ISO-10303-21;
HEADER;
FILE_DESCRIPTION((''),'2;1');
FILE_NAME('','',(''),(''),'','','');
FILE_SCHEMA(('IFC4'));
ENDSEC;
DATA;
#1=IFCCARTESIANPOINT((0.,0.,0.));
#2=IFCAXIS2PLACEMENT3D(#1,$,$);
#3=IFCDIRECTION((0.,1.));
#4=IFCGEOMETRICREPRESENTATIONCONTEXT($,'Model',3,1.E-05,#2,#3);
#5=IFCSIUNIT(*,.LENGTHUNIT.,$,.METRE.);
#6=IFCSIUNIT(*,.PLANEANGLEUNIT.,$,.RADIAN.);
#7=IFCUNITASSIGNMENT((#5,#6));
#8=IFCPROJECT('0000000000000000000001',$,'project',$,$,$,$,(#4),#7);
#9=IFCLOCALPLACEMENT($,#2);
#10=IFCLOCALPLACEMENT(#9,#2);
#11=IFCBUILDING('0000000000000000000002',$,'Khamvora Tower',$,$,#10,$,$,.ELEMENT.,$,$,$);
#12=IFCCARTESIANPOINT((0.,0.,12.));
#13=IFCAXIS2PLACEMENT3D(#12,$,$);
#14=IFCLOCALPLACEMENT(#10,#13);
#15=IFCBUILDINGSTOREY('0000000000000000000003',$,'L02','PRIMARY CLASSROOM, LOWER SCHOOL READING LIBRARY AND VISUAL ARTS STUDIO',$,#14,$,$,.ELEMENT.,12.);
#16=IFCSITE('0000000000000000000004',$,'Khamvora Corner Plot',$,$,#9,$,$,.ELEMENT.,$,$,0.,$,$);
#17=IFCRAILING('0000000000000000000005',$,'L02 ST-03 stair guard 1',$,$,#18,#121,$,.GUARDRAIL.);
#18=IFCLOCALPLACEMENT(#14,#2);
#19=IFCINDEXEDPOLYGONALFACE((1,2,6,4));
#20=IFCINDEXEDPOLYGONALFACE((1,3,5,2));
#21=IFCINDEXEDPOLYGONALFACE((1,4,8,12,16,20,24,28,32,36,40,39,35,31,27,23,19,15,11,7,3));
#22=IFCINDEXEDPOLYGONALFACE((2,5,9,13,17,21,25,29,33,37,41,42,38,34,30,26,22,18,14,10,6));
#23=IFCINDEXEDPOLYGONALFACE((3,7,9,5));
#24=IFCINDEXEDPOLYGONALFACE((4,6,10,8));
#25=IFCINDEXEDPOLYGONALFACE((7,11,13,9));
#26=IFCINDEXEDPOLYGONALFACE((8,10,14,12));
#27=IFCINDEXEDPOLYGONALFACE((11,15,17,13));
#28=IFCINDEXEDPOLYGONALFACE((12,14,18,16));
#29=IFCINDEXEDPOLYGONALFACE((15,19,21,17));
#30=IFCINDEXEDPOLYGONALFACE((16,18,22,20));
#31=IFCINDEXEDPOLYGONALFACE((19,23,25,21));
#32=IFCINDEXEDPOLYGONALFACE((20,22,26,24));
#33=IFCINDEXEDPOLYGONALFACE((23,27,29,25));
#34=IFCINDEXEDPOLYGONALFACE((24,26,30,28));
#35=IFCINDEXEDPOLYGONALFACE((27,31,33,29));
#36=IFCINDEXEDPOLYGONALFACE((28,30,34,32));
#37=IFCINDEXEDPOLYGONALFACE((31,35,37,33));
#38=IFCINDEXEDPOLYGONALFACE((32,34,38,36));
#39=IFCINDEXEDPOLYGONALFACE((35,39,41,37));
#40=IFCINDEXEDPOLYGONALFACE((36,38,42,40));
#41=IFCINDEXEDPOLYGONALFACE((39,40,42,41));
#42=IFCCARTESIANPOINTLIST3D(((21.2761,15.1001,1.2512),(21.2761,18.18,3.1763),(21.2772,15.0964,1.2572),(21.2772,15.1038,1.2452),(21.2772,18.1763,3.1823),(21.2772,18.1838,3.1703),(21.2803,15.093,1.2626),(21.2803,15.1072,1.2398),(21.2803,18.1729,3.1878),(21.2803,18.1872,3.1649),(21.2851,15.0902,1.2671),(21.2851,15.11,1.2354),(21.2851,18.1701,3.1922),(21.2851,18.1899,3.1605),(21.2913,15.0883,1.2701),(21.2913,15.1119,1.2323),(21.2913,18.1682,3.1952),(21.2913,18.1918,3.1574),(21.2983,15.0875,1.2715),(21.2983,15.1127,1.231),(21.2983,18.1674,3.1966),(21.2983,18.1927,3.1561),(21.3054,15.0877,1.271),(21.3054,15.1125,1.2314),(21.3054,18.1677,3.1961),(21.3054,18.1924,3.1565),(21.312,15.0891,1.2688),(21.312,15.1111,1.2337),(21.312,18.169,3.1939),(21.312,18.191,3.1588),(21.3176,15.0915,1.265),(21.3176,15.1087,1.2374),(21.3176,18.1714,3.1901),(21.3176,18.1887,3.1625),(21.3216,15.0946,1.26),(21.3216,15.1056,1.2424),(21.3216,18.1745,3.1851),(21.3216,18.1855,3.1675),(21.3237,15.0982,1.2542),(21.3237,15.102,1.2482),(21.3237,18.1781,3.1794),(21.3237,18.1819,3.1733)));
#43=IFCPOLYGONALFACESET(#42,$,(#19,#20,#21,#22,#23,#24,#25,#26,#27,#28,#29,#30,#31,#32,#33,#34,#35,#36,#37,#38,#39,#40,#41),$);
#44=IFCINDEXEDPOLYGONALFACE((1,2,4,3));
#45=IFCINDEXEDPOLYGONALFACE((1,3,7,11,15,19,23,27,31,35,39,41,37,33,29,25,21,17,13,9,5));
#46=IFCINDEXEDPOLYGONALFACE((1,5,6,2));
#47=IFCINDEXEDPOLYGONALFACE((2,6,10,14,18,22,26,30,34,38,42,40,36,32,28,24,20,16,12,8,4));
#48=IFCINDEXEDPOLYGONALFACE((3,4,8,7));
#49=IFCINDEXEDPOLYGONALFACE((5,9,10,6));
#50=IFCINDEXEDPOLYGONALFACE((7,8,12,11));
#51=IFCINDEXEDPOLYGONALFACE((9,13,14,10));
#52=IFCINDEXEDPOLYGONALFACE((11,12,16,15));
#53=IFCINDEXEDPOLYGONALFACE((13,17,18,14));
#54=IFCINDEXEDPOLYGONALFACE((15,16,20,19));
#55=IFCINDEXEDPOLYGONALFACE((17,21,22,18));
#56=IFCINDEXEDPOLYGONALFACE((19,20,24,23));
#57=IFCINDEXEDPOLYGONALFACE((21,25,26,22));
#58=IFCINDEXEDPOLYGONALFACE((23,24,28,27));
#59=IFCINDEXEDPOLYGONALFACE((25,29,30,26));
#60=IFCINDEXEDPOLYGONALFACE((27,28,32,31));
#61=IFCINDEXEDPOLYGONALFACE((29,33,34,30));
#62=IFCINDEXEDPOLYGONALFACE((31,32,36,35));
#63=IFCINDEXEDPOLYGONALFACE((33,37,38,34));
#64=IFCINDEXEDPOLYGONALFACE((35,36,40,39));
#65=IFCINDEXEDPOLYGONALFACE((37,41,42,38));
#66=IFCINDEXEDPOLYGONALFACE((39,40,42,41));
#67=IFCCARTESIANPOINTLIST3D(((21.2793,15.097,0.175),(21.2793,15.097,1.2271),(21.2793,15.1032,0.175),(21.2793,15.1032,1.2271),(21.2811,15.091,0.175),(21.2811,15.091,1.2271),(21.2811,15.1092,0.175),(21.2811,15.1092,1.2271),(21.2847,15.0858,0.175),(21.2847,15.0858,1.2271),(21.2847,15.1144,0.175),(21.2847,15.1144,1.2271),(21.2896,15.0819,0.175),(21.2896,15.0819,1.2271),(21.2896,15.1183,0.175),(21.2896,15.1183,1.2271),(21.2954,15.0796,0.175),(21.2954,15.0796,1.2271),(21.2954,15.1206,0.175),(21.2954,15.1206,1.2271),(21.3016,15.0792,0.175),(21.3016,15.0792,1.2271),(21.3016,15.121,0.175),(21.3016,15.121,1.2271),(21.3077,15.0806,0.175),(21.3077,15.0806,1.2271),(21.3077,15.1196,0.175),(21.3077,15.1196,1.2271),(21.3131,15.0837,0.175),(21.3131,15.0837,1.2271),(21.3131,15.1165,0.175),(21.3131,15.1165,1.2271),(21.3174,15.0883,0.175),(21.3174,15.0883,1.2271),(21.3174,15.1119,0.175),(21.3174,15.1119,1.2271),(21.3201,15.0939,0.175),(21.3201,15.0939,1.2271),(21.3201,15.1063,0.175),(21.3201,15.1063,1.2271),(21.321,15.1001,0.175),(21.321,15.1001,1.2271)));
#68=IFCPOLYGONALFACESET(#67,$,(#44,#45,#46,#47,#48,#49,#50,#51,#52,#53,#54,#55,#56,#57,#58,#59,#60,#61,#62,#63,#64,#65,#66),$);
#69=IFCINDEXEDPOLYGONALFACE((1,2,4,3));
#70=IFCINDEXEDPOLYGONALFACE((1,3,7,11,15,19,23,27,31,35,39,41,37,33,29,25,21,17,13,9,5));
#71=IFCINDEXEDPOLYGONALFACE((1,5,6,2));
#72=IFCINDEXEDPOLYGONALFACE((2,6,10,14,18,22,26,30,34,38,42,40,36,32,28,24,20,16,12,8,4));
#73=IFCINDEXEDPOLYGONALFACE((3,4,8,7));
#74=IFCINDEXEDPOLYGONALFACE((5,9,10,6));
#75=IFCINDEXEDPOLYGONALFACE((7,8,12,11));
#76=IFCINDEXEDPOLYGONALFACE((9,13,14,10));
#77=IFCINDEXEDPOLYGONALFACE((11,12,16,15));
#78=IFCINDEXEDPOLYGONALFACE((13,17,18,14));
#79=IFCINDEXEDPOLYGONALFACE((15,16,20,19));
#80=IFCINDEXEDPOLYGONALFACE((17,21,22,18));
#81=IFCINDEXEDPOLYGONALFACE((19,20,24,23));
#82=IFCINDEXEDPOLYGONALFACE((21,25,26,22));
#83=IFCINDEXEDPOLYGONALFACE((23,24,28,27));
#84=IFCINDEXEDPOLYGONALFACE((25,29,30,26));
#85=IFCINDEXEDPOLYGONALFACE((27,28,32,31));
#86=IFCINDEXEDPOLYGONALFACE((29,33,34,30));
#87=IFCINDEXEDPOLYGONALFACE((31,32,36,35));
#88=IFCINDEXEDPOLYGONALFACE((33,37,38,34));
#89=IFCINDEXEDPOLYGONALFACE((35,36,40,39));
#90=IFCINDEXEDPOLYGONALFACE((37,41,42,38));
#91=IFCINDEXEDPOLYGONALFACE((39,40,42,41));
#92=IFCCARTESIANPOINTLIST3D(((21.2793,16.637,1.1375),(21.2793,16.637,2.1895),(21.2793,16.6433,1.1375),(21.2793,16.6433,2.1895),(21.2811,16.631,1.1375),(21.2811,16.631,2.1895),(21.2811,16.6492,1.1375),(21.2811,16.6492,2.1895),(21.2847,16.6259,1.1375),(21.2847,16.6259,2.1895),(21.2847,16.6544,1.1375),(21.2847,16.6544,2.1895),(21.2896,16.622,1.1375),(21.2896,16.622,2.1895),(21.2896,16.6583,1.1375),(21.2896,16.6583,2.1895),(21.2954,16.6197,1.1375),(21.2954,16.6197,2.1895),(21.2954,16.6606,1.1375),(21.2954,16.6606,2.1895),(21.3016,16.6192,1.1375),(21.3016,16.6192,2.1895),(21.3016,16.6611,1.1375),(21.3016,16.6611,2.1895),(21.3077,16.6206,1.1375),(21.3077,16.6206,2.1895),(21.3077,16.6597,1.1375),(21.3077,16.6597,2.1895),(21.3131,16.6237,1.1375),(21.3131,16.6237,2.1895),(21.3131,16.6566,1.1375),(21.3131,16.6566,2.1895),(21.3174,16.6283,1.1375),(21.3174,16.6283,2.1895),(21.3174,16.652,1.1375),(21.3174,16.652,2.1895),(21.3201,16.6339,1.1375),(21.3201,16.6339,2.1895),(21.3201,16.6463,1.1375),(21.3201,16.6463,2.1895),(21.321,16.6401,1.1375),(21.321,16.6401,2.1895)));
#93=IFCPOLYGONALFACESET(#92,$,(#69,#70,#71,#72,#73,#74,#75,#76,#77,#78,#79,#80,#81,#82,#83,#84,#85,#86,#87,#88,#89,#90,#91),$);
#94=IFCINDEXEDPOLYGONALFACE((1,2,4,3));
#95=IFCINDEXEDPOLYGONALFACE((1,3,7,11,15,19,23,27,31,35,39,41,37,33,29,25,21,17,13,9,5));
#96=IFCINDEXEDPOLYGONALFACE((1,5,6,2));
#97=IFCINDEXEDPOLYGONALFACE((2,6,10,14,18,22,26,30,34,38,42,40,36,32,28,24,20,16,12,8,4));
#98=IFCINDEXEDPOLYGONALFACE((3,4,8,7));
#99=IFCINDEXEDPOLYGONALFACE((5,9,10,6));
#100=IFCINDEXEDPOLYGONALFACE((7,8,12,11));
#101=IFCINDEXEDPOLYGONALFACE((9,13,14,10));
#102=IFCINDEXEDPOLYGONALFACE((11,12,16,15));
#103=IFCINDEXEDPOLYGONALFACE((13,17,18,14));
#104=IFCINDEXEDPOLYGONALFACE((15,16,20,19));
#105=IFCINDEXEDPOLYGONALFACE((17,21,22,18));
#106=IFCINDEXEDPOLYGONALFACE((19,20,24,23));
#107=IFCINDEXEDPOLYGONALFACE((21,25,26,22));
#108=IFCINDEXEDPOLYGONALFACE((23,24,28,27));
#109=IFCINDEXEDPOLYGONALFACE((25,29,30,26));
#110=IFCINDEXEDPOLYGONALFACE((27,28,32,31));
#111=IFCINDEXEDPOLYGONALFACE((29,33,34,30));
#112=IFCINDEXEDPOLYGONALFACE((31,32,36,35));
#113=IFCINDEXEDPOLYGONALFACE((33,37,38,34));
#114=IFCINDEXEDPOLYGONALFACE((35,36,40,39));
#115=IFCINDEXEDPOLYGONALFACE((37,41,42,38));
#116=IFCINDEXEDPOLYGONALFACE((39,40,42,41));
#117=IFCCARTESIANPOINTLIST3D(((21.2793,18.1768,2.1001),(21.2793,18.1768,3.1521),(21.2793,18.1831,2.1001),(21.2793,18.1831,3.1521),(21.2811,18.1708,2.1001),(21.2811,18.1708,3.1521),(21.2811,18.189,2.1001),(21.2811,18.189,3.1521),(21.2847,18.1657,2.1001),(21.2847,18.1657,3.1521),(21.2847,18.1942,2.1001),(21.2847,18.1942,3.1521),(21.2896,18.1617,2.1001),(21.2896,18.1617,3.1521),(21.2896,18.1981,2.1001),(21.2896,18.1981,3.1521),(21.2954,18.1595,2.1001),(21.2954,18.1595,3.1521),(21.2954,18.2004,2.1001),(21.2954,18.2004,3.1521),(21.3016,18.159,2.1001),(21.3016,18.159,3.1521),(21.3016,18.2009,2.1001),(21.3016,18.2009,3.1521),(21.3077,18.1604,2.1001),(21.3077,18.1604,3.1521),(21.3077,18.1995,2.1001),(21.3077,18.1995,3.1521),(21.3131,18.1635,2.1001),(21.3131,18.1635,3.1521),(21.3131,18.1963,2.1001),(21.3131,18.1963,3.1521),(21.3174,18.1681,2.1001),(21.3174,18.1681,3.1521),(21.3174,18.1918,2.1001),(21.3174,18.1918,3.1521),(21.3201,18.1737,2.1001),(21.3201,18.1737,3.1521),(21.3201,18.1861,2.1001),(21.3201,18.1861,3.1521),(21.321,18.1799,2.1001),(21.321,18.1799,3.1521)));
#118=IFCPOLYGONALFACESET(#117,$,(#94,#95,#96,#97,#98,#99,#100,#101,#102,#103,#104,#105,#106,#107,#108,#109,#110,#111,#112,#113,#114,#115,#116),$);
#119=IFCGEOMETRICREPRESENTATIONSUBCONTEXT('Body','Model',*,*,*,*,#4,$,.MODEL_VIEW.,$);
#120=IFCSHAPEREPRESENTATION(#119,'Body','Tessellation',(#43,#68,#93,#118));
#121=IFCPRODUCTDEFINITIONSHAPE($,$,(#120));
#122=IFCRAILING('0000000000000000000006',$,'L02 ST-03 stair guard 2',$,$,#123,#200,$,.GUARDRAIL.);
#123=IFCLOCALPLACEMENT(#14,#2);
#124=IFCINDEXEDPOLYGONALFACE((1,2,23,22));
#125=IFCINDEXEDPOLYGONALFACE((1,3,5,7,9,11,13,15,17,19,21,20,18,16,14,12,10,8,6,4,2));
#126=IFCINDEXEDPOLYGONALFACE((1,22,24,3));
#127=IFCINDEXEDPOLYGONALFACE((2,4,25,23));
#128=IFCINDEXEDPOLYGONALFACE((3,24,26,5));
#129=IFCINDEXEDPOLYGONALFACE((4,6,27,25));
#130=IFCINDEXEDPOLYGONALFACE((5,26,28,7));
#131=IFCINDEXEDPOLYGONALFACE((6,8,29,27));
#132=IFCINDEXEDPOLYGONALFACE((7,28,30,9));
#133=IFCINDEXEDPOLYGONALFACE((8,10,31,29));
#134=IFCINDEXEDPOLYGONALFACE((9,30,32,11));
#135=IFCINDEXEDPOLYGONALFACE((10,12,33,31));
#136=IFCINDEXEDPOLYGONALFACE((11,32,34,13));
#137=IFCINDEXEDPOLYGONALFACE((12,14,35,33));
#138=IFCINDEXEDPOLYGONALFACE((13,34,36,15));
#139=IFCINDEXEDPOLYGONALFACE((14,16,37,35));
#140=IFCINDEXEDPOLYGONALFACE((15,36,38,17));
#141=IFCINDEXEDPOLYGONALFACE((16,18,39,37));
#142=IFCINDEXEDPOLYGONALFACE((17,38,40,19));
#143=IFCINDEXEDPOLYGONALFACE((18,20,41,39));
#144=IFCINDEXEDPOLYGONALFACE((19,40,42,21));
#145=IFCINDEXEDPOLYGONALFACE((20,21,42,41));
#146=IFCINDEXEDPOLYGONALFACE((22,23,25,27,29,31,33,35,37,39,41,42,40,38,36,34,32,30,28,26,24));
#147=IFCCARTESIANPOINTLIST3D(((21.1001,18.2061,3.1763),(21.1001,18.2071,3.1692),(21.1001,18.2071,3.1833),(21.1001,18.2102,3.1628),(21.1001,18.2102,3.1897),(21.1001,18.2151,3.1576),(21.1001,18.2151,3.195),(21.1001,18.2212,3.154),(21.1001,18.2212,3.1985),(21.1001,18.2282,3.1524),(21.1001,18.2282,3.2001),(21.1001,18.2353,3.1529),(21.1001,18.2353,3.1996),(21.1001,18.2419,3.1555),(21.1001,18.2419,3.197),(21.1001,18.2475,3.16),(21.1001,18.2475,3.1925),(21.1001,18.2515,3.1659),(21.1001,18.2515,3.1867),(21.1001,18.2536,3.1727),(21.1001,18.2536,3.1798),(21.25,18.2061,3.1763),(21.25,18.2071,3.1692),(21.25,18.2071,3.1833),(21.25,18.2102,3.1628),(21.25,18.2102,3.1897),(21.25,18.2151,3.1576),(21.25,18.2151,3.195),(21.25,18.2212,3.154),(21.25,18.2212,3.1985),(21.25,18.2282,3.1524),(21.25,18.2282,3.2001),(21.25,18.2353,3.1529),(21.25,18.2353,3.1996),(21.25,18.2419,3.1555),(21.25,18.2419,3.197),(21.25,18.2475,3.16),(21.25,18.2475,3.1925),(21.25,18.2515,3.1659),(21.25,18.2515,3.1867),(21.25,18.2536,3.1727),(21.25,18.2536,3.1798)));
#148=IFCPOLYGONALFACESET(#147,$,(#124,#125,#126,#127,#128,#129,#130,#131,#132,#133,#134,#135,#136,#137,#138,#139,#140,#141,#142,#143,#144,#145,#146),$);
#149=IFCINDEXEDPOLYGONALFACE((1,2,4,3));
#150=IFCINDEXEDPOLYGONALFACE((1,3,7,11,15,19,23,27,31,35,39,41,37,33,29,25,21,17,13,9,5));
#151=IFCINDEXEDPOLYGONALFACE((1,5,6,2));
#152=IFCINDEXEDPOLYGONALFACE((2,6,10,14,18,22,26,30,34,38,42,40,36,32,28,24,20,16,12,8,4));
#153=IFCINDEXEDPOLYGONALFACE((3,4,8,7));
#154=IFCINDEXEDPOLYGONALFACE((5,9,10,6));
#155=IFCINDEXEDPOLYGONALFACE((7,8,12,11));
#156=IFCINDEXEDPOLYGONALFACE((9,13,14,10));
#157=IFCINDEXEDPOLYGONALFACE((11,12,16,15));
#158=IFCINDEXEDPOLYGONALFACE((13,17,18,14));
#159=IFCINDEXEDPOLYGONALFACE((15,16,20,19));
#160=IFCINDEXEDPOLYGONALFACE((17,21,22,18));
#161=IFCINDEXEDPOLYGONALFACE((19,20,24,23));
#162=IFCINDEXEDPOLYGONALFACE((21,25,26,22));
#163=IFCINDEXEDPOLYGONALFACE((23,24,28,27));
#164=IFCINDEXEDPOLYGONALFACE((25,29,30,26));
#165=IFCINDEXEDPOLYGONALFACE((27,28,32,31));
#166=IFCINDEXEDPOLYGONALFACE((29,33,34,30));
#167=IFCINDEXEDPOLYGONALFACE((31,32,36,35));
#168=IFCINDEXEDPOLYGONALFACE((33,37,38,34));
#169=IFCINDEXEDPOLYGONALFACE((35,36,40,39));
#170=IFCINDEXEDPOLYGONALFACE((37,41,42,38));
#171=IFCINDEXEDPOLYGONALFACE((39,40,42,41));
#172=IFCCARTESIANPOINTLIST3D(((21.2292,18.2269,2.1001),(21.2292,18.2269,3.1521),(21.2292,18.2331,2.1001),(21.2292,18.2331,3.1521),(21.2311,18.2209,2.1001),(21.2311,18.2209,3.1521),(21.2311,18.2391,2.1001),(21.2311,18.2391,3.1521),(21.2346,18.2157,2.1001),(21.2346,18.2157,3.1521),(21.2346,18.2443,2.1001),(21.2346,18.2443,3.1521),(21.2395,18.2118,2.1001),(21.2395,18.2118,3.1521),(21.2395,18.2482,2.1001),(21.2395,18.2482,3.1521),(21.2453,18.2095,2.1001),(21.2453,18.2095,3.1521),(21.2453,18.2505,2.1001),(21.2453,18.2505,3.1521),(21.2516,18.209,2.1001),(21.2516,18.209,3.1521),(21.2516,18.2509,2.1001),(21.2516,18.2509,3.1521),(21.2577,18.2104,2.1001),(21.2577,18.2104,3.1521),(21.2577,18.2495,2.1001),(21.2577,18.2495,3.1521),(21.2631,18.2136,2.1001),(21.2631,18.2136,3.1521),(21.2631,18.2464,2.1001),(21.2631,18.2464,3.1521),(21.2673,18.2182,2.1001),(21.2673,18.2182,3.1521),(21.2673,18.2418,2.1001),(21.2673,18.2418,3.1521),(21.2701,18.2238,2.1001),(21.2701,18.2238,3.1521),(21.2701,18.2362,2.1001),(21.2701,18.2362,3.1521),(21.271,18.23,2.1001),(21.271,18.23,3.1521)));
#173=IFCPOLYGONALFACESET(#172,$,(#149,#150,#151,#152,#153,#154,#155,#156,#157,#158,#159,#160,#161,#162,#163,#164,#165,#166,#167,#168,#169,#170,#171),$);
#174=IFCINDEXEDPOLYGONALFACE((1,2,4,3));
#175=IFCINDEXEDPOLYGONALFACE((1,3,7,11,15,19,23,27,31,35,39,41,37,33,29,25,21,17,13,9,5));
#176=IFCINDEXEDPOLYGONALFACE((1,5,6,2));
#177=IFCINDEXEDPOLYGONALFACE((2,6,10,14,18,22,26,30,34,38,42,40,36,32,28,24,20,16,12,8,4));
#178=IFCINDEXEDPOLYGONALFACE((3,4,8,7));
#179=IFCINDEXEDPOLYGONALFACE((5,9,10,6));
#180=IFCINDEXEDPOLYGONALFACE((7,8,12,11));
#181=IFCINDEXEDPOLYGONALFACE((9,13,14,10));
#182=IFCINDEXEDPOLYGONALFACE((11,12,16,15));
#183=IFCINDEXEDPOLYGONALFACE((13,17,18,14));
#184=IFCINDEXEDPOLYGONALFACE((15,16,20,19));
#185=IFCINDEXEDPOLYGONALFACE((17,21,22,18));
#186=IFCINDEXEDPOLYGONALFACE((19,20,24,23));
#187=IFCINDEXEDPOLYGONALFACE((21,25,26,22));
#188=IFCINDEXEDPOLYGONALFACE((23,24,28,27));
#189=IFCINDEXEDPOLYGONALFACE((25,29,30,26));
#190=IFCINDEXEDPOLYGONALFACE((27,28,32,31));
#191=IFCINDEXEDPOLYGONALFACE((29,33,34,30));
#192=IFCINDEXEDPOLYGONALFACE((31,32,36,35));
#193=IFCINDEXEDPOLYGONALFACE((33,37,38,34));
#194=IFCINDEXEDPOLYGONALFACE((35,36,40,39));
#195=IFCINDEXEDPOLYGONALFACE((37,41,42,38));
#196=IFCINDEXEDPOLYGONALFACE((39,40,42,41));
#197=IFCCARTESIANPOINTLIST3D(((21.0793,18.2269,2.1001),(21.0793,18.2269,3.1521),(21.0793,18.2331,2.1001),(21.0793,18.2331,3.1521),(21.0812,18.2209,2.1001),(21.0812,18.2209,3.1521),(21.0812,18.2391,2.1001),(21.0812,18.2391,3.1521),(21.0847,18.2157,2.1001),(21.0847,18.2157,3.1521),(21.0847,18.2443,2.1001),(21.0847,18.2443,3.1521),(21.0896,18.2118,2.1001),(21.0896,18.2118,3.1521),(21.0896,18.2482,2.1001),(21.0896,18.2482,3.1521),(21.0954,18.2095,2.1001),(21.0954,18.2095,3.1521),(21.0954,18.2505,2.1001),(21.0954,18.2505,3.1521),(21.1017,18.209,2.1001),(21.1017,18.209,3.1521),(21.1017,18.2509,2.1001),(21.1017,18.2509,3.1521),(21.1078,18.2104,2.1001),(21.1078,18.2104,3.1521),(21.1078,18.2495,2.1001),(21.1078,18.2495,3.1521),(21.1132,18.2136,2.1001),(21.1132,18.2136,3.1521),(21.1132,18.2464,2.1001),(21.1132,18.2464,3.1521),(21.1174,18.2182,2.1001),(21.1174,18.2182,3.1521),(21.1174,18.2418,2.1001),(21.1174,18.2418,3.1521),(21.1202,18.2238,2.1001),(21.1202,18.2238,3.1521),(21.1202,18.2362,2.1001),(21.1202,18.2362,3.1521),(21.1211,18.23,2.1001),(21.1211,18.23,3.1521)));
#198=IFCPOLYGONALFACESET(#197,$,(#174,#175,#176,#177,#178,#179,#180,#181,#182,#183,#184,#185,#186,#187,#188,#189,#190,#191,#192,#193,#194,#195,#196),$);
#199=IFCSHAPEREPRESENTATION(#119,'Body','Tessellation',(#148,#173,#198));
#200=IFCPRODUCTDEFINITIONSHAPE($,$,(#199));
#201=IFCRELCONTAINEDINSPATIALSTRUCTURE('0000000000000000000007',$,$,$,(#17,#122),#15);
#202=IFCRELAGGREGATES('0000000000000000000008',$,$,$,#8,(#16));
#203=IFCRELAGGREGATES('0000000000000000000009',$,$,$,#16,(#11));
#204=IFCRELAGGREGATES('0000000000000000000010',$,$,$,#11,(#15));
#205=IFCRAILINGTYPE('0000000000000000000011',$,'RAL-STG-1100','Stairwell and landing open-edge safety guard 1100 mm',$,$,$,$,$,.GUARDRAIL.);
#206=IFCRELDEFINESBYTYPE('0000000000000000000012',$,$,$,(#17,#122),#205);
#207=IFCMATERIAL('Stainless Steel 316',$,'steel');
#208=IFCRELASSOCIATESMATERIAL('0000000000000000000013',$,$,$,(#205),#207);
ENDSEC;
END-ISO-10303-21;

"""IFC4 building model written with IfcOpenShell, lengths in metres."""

from ifc_helpers import new_model, si_unit, direction, frame, origin, origin_2d, place, context, subcontext, project, spatial, circle, extrude, material, type_object, element, save


model = new_model("IFC4")

# Units and contexts
model_context = context("Model", 3, precision=1e-05, world=origin(), true_north=direction((0.0, 1.0)))
body_context = subcontext(model_context, "Body", "Model", "MODEL_VIEW")
ifc_project = project(units=[si_unit("LENGTHUNIT", "METRE"), si_unit("PLANEANGLEUNIT", "RADIAN")], contexts=[model_context])

# Site, building, storey
site_placement = place(None, origin())
site = spatial("IfcSite", under=ifc_project, at=site_placement, Name="Khamvora Corner Plot", CompositionType="ELEMENT", RefElevation=0.0)
building_placement = place(site_placement, origin())
building = spatial("IfcBuilding", under=site, at=building_placement, Name="Khamvora Tower", CompositionType="ELEMENT")
storey_placement = place(building_placement, frame((0.0, 0.0, 12.0)))
storey = spatial("IfcBuildingStorey", under=building, at=storey_placement, Name="L02", Description="PRIMARY CLASSROOM, LOWER SCHOOL READING LIBRARY AND VISUAL ARTS STUDIO", CompositionType="ELEMENT", Elevation=12.0)

# Railings
ifc_material_1 = material(Name="Stainless Steel 316", Category="steel")
railing_type_1 = type_object("IfcRailingType", Name="RAL-STG-1100", Description="Stairwell and landing open-edge safety guard 1100 mm", PredefinedType="GUARDRAIL", material=ifc_material_1)
railing_1_placement = place(storey_placement, frame((21.3, 15.1001, 0.175)))
element("IfcRailing", 1, at=railing_1_placement, inside=storey, type_object=railing_type_1, Name="L02 ST-03 stair guard 1", PredefinedType="GUARDRAIL", context=body_context, shape_type="SweptSolid", body=[
    extrude(circle(Radius=0.0239, at=origin_2d()), frame((0.0, 0.0, 1.0762), z_axis=(0.0, 0.847979, 0.530029), x_axis=(-1.0, 0.0, 0.0)), (0.0, 0.0, 1.0), 3.6321),
    extrude(circle(Radius=0.021, at=origin_2d()), origin(), (0.0, 0.0, 1.0), 1.052),
    extrude(circle(Radius=0.021, at=origin_2d()), frame((0.0, 1.54, 0.9624)), (0.0, 0.0, 1.0), 1.052),
    extrude(circle(Radius=0.021, at=origin_2d()), frame((0.0, 3.0798, 1.925)), (0.0, 0.0, 1.0), 1.052),
])
railing_2_placement = place(storey_placement, frame((21.25, 18.23, 2.1001)))
element("IfcRailing", 2, at=railing_2_placement, inside=storey, type_object=railing_type_1, Name="L02 ST-03 stair guard 2", PredefinedType="GUARDRAIL", context=body_context, shape_type="SweptSolid", body=[
    extrude(circle(Radius=0.0239, at=origin_2d()), frame((0.0, 0.0, 1.0762), z_axis=(-1.0, 0.0, 0.0), x_axis=(0.0, -1.0, 0.0)), (0.0, 0.0, 1.0), 0.1499),
    extrude(circle(Radius=0.021, at=origin_2d()), origin(), (0.0, 0.0, 1.0), 1.052),
    extrude(circle(Radius=0.021, at=origin_2d()), frame((-0.1499, 0.0, 0.0)), (0.0, 0.0, 1.0), 1.052),
])

save(model, "model.ifc")
